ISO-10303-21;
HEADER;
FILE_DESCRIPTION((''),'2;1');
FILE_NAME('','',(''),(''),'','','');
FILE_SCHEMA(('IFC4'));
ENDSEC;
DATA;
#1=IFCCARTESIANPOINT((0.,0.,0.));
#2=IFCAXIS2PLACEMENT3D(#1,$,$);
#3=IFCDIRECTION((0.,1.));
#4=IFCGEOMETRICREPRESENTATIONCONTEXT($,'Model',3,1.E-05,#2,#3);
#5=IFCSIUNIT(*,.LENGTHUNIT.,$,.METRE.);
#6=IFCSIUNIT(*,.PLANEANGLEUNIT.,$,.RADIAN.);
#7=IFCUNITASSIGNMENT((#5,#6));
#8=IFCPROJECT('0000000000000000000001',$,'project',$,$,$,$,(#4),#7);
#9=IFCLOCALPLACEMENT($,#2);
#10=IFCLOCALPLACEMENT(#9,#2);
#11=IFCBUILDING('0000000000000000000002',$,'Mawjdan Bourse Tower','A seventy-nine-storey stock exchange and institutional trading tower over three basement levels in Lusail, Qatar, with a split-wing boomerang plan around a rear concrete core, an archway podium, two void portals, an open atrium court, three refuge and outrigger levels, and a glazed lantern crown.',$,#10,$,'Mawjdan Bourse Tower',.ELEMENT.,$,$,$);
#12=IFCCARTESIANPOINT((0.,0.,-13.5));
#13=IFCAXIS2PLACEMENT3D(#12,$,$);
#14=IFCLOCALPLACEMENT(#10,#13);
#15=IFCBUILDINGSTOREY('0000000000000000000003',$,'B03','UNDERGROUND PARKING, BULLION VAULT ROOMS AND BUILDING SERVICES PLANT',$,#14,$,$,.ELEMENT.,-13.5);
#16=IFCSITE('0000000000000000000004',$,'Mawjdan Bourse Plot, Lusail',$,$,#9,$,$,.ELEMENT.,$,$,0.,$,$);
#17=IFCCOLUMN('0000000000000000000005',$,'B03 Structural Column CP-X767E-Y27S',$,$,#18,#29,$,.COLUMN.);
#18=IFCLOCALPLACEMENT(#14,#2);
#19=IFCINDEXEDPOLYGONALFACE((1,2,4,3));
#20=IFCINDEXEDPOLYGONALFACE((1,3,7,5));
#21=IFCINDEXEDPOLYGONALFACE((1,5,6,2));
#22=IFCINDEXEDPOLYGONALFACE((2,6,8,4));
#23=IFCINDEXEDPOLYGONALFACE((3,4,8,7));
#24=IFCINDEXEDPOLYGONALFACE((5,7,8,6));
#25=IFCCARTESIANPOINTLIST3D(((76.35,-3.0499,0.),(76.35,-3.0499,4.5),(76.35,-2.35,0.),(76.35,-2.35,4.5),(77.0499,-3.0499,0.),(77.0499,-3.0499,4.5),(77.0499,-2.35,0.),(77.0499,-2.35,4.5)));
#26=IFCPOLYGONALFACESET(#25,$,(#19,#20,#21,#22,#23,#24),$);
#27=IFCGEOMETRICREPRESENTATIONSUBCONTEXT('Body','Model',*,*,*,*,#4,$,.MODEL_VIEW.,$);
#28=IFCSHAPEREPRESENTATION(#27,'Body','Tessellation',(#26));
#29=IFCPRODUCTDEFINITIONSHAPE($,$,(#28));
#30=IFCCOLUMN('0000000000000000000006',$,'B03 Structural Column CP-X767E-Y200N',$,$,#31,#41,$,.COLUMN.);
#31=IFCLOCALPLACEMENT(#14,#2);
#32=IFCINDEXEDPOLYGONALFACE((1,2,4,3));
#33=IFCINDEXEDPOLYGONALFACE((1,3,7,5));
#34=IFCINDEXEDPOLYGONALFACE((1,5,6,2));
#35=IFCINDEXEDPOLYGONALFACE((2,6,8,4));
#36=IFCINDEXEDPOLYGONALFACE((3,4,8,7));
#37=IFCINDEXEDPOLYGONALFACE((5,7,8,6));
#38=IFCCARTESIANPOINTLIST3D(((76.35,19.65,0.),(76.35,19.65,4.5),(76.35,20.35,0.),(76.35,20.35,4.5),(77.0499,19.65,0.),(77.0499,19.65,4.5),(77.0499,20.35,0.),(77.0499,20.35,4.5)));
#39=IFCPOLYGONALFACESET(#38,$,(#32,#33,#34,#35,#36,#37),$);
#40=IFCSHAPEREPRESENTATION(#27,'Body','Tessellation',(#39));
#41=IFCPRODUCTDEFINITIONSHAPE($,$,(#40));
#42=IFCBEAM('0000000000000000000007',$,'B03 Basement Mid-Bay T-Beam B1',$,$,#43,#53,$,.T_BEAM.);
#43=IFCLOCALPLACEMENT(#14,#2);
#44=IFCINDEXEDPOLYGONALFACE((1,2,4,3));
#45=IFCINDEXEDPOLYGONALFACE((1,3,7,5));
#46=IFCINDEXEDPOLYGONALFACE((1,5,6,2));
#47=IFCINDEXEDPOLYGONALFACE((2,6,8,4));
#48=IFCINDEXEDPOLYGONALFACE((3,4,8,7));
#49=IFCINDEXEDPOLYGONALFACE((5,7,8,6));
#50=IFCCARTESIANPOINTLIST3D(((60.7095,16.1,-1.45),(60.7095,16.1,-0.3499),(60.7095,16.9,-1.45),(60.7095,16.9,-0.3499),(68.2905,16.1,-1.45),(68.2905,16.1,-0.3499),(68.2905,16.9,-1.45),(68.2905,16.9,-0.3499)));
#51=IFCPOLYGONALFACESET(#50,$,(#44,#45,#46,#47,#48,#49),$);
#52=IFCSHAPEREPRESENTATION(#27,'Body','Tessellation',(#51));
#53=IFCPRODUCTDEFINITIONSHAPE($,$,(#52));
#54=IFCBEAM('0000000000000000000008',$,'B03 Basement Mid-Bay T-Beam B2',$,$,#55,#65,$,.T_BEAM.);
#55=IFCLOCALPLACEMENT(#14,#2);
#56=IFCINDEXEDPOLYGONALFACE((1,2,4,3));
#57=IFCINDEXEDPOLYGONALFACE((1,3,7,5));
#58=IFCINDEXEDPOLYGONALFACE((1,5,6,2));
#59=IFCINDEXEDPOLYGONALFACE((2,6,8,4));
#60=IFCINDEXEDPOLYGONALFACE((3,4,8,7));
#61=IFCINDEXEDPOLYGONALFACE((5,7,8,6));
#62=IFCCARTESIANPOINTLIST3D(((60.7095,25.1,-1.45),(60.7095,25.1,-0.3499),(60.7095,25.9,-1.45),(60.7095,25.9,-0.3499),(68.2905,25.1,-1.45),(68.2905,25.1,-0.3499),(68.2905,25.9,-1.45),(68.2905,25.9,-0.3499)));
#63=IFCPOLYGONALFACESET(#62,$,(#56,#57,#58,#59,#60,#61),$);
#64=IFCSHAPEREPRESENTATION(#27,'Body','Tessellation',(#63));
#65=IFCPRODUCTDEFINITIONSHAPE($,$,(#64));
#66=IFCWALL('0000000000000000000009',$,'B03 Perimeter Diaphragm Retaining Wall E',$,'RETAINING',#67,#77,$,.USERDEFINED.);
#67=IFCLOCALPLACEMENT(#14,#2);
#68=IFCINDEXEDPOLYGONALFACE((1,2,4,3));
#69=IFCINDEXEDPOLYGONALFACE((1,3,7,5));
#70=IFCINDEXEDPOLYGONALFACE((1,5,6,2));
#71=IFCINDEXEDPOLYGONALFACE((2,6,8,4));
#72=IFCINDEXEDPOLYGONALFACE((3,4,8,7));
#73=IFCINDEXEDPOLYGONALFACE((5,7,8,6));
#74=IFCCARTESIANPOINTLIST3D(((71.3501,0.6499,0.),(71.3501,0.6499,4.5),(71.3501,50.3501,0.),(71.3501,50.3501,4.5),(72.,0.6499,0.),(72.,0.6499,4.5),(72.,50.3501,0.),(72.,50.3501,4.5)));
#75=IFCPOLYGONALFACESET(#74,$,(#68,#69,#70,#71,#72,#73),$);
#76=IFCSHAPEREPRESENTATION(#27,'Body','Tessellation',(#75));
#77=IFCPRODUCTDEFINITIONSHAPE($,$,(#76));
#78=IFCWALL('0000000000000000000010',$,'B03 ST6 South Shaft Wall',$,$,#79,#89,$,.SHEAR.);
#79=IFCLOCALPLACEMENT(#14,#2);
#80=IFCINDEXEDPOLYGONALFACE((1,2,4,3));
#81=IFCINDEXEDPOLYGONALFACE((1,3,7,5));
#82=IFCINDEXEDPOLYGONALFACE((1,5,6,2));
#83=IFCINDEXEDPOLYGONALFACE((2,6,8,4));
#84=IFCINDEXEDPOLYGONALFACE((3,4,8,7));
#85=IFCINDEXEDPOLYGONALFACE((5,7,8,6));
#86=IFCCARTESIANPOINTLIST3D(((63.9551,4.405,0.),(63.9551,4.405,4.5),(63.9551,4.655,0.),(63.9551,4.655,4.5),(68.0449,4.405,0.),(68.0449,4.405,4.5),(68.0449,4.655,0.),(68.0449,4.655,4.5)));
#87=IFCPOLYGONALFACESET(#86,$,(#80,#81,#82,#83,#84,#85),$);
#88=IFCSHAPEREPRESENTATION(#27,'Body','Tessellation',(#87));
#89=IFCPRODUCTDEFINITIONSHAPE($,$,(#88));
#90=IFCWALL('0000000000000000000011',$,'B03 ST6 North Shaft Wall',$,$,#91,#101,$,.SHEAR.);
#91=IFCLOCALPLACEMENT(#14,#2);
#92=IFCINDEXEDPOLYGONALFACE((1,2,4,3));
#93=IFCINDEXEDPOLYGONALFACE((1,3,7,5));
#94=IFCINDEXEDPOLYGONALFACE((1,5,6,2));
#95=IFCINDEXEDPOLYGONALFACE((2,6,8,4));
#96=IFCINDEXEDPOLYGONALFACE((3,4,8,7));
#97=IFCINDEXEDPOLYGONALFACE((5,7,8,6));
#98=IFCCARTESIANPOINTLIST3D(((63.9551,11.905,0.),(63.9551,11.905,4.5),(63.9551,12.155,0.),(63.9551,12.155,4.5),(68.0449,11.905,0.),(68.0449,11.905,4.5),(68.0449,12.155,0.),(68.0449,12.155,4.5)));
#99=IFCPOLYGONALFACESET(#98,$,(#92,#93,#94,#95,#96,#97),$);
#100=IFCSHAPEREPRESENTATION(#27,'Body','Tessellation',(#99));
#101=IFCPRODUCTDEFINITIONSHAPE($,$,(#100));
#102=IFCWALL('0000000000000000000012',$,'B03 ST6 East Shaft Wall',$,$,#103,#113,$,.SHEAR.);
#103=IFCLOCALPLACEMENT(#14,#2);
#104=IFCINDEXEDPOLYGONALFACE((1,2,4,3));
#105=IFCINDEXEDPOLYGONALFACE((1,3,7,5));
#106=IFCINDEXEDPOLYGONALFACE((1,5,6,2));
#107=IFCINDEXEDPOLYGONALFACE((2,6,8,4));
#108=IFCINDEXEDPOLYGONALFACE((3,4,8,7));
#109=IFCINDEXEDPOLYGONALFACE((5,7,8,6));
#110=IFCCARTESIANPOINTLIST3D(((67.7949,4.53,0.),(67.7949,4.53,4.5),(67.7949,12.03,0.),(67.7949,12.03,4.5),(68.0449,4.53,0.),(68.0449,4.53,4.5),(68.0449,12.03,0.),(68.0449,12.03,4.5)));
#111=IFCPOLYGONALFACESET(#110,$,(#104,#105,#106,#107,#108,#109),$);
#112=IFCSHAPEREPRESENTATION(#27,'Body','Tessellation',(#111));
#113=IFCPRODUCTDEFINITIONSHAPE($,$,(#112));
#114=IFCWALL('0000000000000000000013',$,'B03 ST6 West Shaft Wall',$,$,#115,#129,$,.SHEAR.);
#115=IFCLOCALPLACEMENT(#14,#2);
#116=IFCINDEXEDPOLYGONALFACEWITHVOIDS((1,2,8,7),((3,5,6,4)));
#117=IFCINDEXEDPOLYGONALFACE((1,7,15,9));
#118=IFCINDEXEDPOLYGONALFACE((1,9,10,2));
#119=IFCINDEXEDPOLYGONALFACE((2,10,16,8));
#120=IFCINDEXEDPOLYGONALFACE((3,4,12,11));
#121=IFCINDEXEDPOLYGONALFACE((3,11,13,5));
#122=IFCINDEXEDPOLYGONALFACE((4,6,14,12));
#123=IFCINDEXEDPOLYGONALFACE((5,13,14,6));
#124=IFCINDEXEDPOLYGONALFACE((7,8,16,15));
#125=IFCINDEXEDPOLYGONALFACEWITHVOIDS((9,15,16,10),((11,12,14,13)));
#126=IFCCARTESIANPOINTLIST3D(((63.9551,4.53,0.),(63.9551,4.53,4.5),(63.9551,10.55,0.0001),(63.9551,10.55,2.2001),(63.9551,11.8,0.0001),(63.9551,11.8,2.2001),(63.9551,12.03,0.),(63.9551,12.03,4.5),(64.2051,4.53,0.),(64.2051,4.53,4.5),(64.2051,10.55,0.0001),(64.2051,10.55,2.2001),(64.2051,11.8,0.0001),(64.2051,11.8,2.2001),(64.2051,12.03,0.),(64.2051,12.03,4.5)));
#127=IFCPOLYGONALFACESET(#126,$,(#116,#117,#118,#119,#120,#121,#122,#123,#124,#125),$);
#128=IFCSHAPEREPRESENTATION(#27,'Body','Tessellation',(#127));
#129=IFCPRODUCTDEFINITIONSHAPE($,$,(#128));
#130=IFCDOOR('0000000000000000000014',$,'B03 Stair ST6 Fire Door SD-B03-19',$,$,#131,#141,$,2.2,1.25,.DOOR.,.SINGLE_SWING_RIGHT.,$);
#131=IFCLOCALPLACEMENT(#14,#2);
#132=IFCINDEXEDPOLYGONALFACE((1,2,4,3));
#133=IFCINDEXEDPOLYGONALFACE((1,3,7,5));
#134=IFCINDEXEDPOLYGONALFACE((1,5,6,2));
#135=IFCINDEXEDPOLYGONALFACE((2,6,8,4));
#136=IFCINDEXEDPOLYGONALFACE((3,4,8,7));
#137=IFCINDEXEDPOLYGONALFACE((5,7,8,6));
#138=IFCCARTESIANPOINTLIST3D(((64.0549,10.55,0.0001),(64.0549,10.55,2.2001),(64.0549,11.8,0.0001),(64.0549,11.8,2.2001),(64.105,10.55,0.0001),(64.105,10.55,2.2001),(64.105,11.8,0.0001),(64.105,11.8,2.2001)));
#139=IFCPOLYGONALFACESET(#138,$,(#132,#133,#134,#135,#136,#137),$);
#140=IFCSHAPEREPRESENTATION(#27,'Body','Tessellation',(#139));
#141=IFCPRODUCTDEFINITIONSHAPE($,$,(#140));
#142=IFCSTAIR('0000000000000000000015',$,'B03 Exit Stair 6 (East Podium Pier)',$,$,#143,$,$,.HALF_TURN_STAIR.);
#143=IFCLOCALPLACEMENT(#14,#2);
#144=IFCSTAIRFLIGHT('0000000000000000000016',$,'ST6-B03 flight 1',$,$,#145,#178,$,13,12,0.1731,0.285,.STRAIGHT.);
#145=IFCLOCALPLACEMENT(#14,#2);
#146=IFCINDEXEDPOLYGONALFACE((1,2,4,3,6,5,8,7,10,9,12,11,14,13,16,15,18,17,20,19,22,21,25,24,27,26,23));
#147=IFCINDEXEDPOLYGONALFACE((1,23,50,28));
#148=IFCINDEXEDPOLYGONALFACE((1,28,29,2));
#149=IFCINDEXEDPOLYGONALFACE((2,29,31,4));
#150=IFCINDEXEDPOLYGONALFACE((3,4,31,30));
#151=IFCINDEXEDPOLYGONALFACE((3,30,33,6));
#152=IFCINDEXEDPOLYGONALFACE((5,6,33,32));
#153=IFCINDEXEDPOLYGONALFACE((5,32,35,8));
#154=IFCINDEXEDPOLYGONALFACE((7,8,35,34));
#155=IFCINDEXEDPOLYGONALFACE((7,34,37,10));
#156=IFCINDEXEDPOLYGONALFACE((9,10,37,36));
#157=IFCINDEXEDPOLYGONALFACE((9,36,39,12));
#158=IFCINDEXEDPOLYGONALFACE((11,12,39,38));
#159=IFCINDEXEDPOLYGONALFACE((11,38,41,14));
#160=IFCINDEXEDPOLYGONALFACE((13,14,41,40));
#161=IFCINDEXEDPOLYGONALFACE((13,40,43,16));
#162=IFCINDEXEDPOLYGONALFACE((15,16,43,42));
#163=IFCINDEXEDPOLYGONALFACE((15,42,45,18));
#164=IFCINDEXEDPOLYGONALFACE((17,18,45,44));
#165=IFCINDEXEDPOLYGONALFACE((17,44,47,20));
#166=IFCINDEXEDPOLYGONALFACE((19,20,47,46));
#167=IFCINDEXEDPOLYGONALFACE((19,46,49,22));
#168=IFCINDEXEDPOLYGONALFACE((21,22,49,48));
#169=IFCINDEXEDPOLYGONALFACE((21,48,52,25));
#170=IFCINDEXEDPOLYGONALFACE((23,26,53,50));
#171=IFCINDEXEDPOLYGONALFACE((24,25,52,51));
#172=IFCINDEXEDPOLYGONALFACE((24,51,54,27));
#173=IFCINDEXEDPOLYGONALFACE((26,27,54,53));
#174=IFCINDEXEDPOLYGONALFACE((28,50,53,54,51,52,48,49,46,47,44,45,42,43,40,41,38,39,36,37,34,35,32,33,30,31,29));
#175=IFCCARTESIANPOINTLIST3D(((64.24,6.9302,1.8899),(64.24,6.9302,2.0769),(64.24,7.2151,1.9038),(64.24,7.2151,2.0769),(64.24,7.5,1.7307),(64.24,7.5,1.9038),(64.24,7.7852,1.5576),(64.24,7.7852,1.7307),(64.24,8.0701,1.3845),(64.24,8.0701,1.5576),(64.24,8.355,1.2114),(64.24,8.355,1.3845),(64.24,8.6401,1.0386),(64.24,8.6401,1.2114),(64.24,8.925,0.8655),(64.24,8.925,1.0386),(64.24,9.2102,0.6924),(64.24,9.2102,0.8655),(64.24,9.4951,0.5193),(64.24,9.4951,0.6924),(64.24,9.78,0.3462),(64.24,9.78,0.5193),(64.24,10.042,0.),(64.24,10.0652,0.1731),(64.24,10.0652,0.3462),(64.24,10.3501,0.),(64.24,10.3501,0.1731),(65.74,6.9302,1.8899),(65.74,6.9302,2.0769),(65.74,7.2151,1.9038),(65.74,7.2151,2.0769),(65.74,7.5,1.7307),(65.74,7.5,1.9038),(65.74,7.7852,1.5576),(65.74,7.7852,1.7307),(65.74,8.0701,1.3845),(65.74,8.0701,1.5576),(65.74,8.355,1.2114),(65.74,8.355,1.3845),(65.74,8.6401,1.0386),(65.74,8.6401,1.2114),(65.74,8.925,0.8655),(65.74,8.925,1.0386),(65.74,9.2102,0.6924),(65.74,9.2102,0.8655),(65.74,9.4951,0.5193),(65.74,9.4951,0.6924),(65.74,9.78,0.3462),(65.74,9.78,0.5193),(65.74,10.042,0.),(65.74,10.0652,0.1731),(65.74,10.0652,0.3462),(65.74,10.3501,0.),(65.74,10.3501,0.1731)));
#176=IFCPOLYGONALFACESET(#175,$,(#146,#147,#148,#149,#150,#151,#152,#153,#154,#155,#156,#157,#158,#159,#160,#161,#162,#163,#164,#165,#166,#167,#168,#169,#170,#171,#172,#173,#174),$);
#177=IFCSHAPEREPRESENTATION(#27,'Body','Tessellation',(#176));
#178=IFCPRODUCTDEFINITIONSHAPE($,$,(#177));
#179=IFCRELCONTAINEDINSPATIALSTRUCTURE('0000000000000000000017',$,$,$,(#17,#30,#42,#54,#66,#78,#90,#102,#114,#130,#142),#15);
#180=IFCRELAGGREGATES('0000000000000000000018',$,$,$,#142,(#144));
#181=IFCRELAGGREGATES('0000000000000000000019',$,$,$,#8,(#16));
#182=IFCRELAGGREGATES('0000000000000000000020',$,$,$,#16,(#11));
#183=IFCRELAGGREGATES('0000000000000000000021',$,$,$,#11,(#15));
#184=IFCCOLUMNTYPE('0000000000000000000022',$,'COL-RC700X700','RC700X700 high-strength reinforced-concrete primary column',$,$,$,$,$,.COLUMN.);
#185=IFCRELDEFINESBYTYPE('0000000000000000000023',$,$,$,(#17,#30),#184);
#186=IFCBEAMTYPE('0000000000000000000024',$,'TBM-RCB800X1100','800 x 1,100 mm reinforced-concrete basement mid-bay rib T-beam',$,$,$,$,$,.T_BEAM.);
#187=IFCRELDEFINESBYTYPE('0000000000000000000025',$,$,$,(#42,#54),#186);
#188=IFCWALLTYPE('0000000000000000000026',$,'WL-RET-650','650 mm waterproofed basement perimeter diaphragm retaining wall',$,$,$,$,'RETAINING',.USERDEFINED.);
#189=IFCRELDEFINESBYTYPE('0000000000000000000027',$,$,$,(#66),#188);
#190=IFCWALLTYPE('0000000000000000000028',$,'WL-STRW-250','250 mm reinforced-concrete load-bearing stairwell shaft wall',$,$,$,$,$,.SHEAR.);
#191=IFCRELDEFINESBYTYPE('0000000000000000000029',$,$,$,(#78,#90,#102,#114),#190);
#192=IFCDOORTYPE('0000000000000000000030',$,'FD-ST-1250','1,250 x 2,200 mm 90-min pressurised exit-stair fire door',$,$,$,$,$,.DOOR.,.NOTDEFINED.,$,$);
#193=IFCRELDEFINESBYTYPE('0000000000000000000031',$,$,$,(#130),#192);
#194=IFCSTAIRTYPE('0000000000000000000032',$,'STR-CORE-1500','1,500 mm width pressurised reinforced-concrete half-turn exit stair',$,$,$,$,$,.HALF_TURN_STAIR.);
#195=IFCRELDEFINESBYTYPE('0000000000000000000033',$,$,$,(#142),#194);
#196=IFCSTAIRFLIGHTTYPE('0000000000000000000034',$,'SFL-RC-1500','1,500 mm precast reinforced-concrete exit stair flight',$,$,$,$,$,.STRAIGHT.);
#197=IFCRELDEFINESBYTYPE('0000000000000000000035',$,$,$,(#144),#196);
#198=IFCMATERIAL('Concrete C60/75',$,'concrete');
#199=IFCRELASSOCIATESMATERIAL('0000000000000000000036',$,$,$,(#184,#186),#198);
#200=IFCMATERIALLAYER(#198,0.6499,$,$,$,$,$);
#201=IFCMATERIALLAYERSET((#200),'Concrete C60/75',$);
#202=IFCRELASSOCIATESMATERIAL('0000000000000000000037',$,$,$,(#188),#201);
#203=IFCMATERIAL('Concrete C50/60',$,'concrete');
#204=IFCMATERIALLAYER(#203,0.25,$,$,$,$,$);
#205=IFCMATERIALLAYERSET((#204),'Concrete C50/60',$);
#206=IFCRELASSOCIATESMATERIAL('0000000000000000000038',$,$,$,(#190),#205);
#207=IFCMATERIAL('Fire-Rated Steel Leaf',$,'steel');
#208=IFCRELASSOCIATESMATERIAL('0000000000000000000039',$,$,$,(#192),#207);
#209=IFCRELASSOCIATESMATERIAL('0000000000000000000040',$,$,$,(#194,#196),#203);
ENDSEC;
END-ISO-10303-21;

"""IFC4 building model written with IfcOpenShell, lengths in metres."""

from ifc_helpers import new_model, si_unit, direction, frame, frame_2d, origin, origin_2d, place, context, subcontext, project, spatial, polyline, rectangle, outline, extrude, material, layer, layer_set, material_profile, profile_set, type_object, element, fill, aggregate, save


model = new_model("IFC4")

# Units and contexts
model_context = context("Model", 3, precision=1e-05, world=origin(), true_north=direction((0.0, 1.0)))
body_context = subcontext(model_context, "Body", "Model", "MODEL_VIEW")
ifc_project = project(units=[si_unit("LENGTHUNIT", "METRE"), si_unit("PLANEANGLEUNIT", "RADIAN")], contexts=[model_context])

# Site, building, storey
site_placement = place(None, origin())
site = spatial("IfcSite", under=ifc_project, at=site_placement, Name="Mawjdan Bourse Plot, Lusail", CompositionType="ELEMENT", RefElevation=0.0)
building_placement = place(site_placement, origin())
building = spatial("IfcBuilding", under=site, at=building_placement, Name="Mawjdan Bourse Tower", Description="A seventy-nine-storey stock exchange and institutional trading tower over three basement levels in Lusail, Qatar, with a split-wing boomerang plan around a rear concrete core, an archway podium, two void portals, an open atrium court, three refuge and outrigger levels, and a glazed lantern crown.", LongName="Mawjdan Bourse Tower", CompositionType="ELEMENT")
storey_placement = place(building_placement, frame((0.0, 0.0, -13.5)))
storey = spatial("IfcBuildingStorey", under=building, at=storey_placement, Name="B03", Description="UNDERGROUND PARKING, BULLION VAULT ROOMS AND BUILDING SERVICES PLANT", CompositionType="ELEMENT", Elevation=-13.5)

# Shared definitions
ifc_material_1 = material(Name="Concrete C60/75", Category="concrete")

# Columns
ifc_material_profile_1 = material_profile(ifc_material_1, rectangle(XDim=0.7, YDim=0.7, at=origin_2d()), Name="RC700X700")
ifc_profile_set_1 = profile_set([ifc_material_profile_1], Name="Concrete C60/75")
column_type_1 = type_object("IfcColumnType", Name="COL-RC700X700", Description="RC700X700 high-strength reinforced-concrete primary column", PredefinedType="COLUMN", material=ifc_profile_set_1)
for number, where, z_axis, x_axis, name in (
    (1, (76.7, -2.7, 0.0), (0.0, 0.0, 1.0), (1.0, 0.0, 0.0), "B03 Structural Column CP-X767E-Y27S"),
    (2, (76.7, 20.0, 0.0), (0.0, 0.0, 1.0), (1.0, 0.0, 0.0), "B03 Structural Column CP-X767E-Y200N"),
):
    element("IfcColumn", number, at=place(storey_placement, frame(where, z_axis=z_axis, x_axis=x_axis)), inside=storey, type_object=column_type_1, Name=name, PredefinedType="COLUMN", context=body_context, shape_type="SweptSolid", body=[
        extrude(rectangle(XDim=0.7, YDim=0.7, at=origin_2d()), origin(), (0.0, 0.0, 1.0), 4.5),
    ])

# Beams
ifc_material_profile_2 = material_profile(ifc_material_1, rectangle(XDim=0.8, YDim=1.1001, at=origin_2d()), Name="RCB800X1100")
ifc_profile_set_2 = profile_set([ifc_material_profile_2], Name="Concrete C60/75")
beam_type = type_object("IfcBeamType", Name="TBM-RCB800X1100", Description="800 x 1,100 mm reinforced-concrete basement mid-bay rib T-beam", PredefinedType="T_BEAM", material=ifc_profile_set_2)
for number, where, z_axis, x_axis, name in (
    (3, (60.7095, 16.5, -0.8999), (1.0, 0.0, 0.0), (0.0, 1.0, 0.0), "B03 Basement Mid-Bay T-Beam B1"),
    (4, (60.7095, 25.5, -0.8999), (1.0, 0.0, 0.0), (0.0, 1.0, 0.0), "B03 Basement Mid-Bay T-Beam B2"),
):
    element("IfcBeam", number, at=place(storey_placement, frame(where, z_axis=z_axis, x_axis=x_axis)), inside=storey, type_object=beam_type, Name=name, PredefinedType="T_BEAM", context=body_context, shape_type="SweptSolid", body=[
        extrude(rectangle(XDim=0.8, YDim=1.1001, at=origin_2d()), origin(), (0.0, 0.0, 1.0), 7.5811),
    ])

# Walls
ifc_layer_1 = layer(ifc_material_1, 0.6499)
ifc_layer_set_1 = layer_set([ifc_layer_1], Name="Concrete C60/75")
wall_type_1 = type_object("IfcWallType", Name="WL-RET-650", Description="650 mm waterproofed basement perimeter diaphragm retaining wall", ElementType="RETAINING", PredefinedType="USERDEFINED", material=ifc_layer_set_1)
wall_1_placement = place(storey_placement, frame((71.675, 0.6499, 0.0), z_axis=(0.0, 0.0, 1.0), x_axis=(0.0, 1.0, 0.0)))
element("IfcWall", 5, at=wall_1_placement, inside=storey, type_object=wall_type_1, Name="B03 Perimeter Diaphragm Retaining Wall E", ObjectType="RETAINING", PredefinedType="USERDEFINED", context=body_context, shape_type="SweptSolid", body=[
    extrude(rectangle(XDim=49.7002, YDim=0.6499, at=frame_2d((24.8501, 0.0))), origin(), (0.0, 0.0, 1.0), 4.5),
])
ifc_material_2 = material(Name="Concrete C50/60", Category="concrete")
ifc_layer_2 = layer(ifc_material_2, 0.25)
ifc_layer_set_2 = layer_set([ifc_layer_2], Name="Concrete C50/60")
wall_type_2 = type_object("IfcWallType", Name="WL-STRW-250", Description="250 mm reinforced-concrete load-bearing stairwell shaft wall", PredefinedType="SHEAR", material=ifc_layer_set_2)
for number, where, z_axis, x_axis, name in (
    (6, (63.9551, 4.53, 0.0), (0.0, 0.0, 1.0), (1.0, 0.0, 0.0), "B03 ST6 South Shaft Wall"),
    (7, (63.9551, 12.03, 0.0), (0.0, 0.0, 1.0), (1.0, 0.0, 0.0), "B03 ST6 North Shaft Wall"),
):
    element("IfcWall", number, at=place(storey_placement, frame(where, z_axis=z_axis, x_axis=x_axis)), inside=storey, type_object=wall_type_2, Name=name, PredefinedType="SHEAR", context=body_context, shape_type="SweptSolid", body=[
        extrude(rectangle(XDim=4.0898, YDim=0.25, at=frame_2d((2.0449, 0.0))), origin(), (0.0, 0.0, 1.0), 4.5),
    ])
wall_2_placement = place(storey_placement, frame((67.9199, 4.53, 0.0), z_axis=(0.0, 0.0, 1.0), x_axis=(0.0, 1.0, 0.0)))
element("IfcWall", 8, at=wall_2_placement, inside=storey, type_object=wall_type_2, Name="B03 ST6 East Shaft Wall", PredefinedType="SHEAR", context=body_context, shape_type="SweptSolid", body=[
    extrude(rectangle(XDim=7.5, YDim=0.25, at=frame_2d((3.75, 0.0))), origin(), (0.0, 0.0, 1.0), 4.5),
])

# Wall, opening, door
wall_3_placement = place(storey_placement, frame((64.0801, 4.53, 0.0), z_axis=(0.0, 0.0, 1.0), x_axis=(0.0, 1.0, 0.0)))
wall_3 = element("IfcWall", 9, at=wall_3_placement, inside=storey, type_object=wall_type_2, Name="B03 ST6 West Shaft Wall", PredefinedType="SHEAR", context=body_context, shape_type="SweptSolid", body=[
    extrude(rectangle(XDim=7.5, YDim=0.25, at=frame_2d((3.75, 0.0))), origin(), (0.0, 0.0, 1.0), 4.5),
])
opening_placement = place(wall_3_placement, frame((6.02, 0.0, 0.0)))
opening = element("IfcOpeningElement", 10, at=opening_placement, cuts=wall_3, PredefinedType="OPENING", context=body_context, shape_type="SweptSolid", body=[
    extrude(rectangle(XDim=1.25, YDim=2.2, at=frame_2d((0.625, 1.1001))), frame((0.0, 0.135, 0.0), z_axis=(0.0, -1.0, 0.0), x_axis=(1.0, 0.0, 0.0)), (0.0, 0.0, 1.0), 0.27),
])
ifc_material_3 = material(Name="Fire-Rated Steel Leaf", Category="steel")
door_type = type_object("IfcDoorType", Name="FD-ST-1250", Description="1,250 x 2,200 mm 90-min pressurised exit-stair fire door", OperationType="NOTDEFINED", PredefinedType="DOOR", material=ifc_material_3)
door_placement = place(opening_placement, frame((1.25, 0.0, 0.0), z_axis=(0.0, 0.0, 1.0), x_axis=(-1.0, 0.0, 0.0)))
door = element("IfcDoor", 11, at=door_placement, inside=storey, type_object=door_type, Name="B03 Stair ST6 Fire Door SD-B03-19", OperationType="SINGLE_SWING_RIGHT", OverallHeight=2.2, OverallWidth=1.25, PredefinedType="DOOR", context=body_context, shape_type="SweptSolid", body=[
    extrude(rectangle(XDim=1.25, YDim=2.2, at=frame_2d((0.625, 1.1001))), frame((0.0, 0.0249, 0.0), z_axis=(0.0, -1.0, 0.0), x_axis=(1.0, 0.0, 0.0)), (0.0, 0.0, 1.0), 0.05),
])
fill(opening, door)

# Stair, stair flight
stair_type = type_object("IfcStairType", Name="STR-CORE-1500", Description="1,500 mm width pressurised reinforced-concrete half-turn exit stair", PredefinedType="HALF_TURN_STAIR", material=ifc_material_2)
stair_placement = place(storey_placement, origin())
stair = element("IfcStair", 12, at=stair_placement, inside=storey, type_object=stair_type, Name="B03 Exit Stair 6 (East Podium Pier)", PredefinedType="HALF_TURN_STAIR")
stair_flight_type = type_object("IfcStairFlightType", Name="SFL-RC-1500", Description="1,500 mm precast reinforced-concrete exit stair flight", PredefinedType="STRAIGHT", material=ifc_material_2)
stair_flight_1_placement = place(storey_placement, frame((64.99, 10.3501, 0.0), z_axis=(0.0, 0.0, 1.0), x_axis=(0.0, -1.0, 0.0)))
stair_flight_1 = element("IfcStairFlight", 13, at=stair_flight_1_placement, type_object=stair_flight_type, Name="ST6-B03 flight 1", NumberOfRisers=13, NumberOfTreads=12, PredefinedType="STRAIGHT", RiserHeight=0.1731, TreadLength=0.285, context=body_context, shape_type="SweptSolid", body=[
    extrude(outline(polyline([(0.0, 0.0), (0.0, 0.1731), (0.2849, 0.1731), (0.2849, 0.3462), (0.5701, 0.3462), (0.5701, 0.5193), (0.855, 0.5193), (0.855, 0.6924), (1.1399, 0.6924), (1.1399, 0.8655), (1.425, 0.8655), (1.425, 1.0386), (1.71, 1.0386), (1.71, 1.2114), (1.9951, 1.2114), (1.9951, 1.3845), (2.28, 1.3845), (2.28, 1.5576), (2.5649, 1.5576), (2.5649, 1.7307), (2.8501, 1.7307), (2.8501, 1.9038), (3.135, 1.9038), (3.135, 2.0769), (3.4199, 2.0769), (3.4199, 2.25), (3.4199, 1.8899), (0.3081, 0.0), (0.0, 0.0)])), frame((0.0, 0.75, 0.0), z_axis=(0.0, -1.0, 0.0), x_axis=(1.0, 0.0, 0.0)), (0.0, 0.0, 1.0), 1.5),
])
aggregate(stair, [stair_flight_1])

save(model, "model.ifc")
